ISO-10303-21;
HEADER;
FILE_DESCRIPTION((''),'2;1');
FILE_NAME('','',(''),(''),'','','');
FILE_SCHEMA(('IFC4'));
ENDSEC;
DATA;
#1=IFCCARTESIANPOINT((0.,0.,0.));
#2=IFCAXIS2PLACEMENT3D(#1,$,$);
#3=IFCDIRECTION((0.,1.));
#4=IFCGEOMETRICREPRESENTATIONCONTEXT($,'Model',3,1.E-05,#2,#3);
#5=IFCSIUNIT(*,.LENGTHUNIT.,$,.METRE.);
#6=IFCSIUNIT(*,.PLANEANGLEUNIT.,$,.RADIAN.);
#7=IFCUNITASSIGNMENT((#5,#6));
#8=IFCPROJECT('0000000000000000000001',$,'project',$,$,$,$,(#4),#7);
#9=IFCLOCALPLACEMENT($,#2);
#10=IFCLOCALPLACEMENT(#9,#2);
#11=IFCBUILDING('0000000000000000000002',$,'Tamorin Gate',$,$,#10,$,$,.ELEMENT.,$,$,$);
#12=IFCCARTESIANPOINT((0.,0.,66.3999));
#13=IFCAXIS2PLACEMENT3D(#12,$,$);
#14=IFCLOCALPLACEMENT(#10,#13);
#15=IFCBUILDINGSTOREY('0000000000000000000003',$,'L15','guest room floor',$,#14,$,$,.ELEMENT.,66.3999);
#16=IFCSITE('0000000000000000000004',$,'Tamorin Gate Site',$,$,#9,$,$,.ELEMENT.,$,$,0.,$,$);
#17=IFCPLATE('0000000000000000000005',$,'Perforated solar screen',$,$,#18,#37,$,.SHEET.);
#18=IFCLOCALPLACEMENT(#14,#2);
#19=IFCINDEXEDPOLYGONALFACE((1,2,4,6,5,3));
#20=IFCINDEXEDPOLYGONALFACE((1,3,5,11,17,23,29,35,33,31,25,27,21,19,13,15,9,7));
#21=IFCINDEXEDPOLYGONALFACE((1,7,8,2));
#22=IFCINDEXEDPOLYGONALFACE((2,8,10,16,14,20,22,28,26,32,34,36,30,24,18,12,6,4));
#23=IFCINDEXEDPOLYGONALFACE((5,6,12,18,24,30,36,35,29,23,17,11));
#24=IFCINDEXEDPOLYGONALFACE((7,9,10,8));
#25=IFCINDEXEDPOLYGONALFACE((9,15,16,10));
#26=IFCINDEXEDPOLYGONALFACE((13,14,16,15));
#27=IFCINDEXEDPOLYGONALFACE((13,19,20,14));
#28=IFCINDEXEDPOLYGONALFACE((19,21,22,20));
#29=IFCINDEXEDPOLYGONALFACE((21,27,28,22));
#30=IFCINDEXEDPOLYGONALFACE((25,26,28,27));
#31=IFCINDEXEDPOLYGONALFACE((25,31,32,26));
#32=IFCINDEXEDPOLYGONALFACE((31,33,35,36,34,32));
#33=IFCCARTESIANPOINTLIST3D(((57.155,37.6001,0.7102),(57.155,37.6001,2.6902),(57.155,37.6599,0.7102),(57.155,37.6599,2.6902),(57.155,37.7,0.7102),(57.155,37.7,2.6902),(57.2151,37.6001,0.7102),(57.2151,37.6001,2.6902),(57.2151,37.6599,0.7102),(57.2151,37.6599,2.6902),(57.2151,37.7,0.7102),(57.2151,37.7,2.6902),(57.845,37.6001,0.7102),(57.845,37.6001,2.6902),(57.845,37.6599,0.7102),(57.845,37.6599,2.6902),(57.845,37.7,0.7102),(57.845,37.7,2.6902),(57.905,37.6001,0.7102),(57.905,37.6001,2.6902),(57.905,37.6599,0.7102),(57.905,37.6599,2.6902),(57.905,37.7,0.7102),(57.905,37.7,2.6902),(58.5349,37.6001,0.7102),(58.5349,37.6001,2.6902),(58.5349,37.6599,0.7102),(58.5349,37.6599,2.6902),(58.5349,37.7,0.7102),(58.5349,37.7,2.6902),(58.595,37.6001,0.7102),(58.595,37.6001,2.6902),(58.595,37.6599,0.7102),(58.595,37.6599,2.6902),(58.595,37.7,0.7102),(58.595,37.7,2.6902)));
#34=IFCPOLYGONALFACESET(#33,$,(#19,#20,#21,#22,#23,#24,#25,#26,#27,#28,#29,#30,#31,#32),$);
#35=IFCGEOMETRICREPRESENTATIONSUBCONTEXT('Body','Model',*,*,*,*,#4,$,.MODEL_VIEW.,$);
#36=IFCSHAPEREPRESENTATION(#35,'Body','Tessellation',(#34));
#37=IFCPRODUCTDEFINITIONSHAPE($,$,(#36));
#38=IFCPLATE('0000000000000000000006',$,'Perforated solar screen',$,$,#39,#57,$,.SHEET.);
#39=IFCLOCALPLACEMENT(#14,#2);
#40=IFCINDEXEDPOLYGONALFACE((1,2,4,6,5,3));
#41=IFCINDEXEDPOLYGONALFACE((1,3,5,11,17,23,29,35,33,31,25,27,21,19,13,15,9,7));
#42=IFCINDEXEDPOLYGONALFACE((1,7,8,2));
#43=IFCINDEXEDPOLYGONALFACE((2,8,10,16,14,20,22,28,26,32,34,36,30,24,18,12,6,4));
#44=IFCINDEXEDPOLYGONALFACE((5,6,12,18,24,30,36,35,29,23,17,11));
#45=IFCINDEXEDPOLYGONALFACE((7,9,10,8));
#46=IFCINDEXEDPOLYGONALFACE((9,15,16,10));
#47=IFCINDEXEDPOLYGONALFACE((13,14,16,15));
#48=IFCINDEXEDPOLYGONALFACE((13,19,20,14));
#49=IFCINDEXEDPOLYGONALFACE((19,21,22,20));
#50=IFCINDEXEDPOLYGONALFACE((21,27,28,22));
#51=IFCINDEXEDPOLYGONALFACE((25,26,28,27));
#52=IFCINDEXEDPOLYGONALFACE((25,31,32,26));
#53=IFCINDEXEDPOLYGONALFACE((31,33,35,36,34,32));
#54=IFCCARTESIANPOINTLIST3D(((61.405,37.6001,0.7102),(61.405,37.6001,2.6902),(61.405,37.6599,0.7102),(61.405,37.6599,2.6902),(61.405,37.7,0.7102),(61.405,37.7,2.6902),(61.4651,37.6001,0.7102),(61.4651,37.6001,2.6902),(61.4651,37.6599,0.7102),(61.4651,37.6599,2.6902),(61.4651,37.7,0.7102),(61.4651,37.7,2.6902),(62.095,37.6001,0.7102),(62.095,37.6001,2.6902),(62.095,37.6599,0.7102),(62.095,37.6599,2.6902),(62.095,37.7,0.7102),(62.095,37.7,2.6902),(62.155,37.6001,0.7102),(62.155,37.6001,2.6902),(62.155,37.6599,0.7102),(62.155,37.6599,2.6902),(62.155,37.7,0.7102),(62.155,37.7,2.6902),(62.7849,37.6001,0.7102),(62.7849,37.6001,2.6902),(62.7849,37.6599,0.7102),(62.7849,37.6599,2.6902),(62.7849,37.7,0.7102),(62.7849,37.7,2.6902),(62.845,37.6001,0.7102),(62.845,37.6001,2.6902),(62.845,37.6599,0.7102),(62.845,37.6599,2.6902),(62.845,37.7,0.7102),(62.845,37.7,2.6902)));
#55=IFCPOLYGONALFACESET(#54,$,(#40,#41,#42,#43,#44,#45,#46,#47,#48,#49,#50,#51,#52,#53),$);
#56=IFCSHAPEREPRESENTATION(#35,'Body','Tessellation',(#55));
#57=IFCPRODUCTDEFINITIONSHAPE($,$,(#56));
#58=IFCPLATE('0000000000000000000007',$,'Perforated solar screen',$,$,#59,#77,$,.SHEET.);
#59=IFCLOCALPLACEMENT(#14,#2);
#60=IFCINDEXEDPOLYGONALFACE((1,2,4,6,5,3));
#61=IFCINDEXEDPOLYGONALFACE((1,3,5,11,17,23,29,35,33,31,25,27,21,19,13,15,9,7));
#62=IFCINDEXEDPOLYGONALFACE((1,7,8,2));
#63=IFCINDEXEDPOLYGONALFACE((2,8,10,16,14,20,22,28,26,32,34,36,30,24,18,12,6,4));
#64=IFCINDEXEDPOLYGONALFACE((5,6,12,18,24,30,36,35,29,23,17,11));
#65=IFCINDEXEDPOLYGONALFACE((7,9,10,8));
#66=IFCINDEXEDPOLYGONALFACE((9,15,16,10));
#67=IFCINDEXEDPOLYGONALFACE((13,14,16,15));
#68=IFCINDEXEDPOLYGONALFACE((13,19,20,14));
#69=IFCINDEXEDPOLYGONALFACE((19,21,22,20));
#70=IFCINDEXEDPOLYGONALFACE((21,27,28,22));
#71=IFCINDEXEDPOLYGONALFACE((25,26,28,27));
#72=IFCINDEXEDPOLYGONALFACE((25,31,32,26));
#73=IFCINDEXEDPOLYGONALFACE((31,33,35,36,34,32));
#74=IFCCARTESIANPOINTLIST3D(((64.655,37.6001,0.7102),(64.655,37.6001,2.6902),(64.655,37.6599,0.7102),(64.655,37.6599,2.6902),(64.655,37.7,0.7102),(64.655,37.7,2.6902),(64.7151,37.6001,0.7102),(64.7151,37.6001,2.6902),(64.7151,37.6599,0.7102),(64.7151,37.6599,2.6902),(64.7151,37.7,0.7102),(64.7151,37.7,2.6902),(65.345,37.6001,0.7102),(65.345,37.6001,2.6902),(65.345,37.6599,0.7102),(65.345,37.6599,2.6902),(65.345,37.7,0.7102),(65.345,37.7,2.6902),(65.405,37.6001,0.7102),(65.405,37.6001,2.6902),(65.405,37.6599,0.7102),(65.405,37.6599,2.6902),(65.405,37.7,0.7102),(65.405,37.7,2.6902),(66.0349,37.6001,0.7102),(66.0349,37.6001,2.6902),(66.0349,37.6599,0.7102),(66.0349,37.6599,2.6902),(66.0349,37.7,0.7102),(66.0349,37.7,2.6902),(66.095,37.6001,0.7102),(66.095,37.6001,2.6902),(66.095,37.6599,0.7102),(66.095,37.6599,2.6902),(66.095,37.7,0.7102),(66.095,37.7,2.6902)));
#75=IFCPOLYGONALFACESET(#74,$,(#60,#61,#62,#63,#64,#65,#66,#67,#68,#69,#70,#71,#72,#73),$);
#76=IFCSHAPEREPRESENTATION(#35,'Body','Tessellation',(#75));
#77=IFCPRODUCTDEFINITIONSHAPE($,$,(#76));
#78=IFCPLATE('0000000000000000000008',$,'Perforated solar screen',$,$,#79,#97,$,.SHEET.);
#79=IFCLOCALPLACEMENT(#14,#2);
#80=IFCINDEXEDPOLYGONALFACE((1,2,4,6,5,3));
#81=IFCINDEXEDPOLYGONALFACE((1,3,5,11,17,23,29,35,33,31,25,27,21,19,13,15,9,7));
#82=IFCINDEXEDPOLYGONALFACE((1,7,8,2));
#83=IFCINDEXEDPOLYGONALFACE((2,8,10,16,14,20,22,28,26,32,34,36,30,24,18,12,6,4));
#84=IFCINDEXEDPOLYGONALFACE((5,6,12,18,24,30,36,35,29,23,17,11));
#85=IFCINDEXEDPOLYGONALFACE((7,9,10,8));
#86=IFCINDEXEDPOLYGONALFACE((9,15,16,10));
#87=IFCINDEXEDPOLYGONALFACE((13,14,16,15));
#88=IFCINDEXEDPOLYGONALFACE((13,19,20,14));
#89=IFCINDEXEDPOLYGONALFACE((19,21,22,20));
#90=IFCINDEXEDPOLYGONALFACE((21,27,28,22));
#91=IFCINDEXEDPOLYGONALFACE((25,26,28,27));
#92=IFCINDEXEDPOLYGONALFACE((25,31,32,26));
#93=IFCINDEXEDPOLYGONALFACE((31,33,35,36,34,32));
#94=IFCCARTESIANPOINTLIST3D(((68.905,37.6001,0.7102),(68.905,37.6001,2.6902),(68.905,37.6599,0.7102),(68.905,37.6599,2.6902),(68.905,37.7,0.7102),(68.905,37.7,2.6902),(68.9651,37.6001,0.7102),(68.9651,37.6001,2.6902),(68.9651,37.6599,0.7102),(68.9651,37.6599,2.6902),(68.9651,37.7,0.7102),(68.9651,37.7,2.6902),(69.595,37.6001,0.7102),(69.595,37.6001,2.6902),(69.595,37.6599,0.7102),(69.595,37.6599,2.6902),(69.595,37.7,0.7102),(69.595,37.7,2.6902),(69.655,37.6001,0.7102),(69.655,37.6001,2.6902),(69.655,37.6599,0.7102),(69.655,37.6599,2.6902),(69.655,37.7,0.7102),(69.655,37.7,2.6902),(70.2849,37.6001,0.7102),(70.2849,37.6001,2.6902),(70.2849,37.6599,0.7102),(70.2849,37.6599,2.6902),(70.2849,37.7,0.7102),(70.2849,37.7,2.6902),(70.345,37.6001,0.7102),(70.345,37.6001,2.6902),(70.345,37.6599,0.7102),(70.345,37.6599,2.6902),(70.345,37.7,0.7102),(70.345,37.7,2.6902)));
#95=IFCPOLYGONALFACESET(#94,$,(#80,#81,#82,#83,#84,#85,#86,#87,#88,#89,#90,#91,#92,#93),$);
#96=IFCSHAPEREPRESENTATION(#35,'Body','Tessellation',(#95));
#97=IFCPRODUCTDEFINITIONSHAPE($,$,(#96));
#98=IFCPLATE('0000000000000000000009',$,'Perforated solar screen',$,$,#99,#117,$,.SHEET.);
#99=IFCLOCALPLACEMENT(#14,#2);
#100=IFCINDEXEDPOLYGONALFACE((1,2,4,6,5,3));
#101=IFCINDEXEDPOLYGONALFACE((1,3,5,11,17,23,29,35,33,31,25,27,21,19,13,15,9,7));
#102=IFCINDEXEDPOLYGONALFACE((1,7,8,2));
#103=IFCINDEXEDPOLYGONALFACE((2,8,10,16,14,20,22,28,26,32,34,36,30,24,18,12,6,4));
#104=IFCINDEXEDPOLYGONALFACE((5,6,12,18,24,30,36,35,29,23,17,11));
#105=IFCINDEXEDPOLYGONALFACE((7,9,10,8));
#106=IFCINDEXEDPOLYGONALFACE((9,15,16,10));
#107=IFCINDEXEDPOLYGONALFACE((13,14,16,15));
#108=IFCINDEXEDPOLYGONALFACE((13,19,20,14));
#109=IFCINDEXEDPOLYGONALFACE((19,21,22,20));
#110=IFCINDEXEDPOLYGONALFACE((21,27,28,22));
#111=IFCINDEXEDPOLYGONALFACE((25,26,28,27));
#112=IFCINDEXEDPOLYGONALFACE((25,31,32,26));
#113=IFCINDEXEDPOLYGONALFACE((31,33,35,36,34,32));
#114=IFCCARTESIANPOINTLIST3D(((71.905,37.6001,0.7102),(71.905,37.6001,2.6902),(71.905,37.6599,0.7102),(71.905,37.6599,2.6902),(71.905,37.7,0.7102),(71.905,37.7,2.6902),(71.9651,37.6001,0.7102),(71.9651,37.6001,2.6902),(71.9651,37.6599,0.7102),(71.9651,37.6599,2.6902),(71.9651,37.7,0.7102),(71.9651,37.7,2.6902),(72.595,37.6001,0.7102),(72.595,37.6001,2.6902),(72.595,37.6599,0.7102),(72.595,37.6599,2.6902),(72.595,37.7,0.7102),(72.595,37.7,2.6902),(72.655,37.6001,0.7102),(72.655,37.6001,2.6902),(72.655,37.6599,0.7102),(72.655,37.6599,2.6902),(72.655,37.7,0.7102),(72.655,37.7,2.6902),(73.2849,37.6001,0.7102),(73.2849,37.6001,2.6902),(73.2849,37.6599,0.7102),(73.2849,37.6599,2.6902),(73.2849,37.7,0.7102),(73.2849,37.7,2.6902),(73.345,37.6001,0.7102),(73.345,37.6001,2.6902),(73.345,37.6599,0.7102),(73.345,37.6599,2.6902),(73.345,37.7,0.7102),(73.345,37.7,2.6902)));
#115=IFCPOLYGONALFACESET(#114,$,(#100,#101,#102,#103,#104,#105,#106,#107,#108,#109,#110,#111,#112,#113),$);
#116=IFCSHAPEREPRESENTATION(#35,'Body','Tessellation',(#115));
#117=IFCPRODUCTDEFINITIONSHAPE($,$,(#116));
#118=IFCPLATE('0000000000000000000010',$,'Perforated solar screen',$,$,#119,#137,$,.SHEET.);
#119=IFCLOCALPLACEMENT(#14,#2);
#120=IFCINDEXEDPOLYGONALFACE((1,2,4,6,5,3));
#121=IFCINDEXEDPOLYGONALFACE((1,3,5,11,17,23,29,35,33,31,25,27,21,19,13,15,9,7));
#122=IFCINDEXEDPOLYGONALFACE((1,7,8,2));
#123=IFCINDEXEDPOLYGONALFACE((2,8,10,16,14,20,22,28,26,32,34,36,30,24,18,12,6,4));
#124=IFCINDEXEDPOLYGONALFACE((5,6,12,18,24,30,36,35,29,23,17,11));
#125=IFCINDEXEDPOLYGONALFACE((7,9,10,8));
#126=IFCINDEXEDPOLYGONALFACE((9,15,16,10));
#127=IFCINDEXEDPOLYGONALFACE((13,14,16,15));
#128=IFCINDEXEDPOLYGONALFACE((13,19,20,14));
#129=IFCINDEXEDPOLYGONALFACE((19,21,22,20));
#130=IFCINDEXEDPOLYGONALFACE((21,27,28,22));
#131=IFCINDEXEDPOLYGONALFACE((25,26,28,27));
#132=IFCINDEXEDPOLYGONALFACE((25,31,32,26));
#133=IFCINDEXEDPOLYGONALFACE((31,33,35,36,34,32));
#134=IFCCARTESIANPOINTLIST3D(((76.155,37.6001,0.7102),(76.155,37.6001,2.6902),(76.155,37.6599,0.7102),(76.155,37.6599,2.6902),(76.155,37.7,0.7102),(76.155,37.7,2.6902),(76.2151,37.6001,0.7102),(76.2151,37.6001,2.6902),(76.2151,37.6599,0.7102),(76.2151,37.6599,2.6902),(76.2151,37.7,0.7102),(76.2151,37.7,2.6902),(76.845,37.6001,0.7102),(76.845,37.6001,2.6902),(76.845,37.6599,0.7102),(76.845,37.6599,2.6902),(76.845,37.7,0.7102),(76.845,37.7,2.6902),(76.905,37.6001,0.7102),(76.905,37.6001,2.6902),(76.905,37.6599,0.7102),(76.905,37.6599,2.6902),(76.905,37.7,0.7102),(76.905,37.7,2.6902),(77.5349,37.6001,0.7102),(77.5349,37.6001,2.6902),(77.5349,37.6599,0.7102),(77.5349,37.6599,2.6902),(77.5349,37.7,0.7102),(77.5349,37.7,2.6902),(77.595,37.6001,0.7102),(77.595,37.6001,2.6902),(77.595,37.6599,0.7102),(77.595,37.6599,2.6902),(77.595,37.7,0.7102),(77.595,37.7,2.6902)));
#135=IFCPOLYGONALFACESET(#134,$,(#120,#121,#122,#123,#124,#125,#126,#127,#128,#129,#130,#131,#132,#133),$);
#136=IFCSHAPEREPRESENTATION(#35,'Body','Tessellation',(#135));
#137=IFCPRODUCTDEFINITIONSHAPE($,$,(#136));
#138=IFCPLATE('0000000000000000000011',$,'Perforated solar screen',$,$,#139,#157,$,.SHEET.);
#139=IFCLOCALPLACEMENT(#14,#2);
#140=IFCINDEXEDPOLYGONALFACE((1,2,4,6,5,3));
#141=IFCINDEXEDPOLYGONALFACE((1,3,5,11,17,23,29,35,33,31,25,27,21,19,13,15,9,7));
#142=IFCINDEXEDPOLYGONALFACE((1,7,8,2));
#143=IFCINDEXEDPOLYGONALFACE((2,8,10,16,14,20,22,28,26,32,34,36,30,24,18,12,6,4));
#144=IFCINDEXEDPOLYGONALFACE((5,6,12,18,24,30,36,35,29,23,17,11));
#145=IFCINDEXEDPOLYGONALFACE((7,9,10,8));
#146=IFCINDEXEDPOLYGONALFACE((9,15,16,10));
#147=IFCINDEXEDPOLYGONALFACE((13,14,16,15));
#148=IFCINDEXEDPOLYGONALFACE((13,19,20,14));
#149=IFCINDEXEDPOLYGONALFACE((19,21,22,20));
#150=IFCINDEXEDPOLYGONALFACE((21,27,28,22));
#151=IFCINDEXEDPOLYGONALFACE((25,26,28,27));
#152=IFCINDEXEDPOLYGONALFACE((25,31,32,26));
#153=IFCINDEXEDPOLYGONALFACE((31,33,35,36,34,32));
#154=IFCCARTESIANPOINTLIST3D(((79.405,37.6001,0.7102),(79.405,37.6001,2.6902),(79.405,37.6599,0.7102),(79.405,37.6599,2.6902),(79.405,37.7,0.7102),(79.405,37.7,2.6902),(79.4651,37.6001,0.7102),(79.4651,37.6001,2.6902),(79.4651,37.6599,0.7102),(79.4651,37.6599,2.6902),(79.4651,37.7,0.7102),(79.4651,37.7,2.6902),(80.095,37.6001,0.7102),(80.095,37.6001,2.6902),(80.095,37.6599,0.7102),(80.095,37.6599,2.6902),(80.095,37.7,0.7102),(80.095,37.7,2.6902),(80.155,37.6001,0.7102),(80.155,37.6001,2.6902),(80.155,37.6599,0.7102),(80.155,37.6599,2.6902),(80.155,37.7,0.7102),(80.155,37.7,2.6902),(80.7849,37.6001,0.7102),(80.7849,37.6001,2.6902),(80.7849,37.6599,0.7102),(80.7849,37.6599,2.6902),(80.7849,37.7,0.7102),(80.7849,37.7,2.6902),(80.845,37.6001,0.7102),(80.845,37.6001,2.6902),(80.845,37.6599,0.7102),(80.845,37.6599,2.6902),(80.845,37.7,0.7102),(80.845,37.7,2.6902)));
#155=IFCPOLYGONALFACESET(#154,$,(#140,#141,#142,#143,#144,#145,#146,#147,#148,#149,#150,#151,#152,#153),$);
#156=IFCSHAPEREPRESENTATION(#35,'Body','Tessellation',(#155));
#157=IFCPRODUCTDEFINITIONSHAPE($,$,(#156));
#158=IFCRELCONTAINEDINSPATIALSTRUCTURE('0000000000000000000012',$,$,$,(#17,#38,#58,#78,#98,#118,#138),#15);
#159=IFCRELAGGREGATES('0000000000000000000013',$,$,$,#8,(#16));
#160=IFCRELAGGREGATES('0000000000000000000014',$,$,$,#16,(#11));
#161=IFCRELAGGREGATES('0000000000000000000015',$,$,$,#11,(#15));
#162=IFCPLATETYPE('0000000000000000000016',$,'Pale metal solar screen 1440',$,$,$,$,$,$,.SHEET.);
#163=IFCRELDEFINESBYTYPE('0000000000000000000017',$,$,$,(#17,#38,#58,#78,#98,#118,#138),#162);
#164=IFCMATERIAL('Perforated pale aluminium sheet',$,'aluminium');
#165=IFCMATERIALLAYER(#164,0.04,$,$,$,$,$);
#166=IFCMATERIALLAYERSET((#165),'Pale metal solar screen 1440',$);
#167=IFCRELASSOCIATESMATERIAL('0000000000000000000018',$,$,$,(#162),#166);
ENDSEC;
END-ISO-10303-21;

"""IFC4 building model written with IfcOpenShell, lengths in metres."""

from ifc_helpers import new_model, si_unit, direction, frame, origin, place, context, subcontext, project, spatial, polyline, outline, extrude, material, layer, layer_set, type_object, element, save


model = new_model("IFC4")

# Units and contexts
model_context = context("Model", 3, precision=1e-05, world=origin(), true_north=direction((0.0, 1.0)))
body_context = subcontext(model_context, "Body", "Model", "MODEL_VIEW")
ifc_project = project(units=[si_unit("LENGTHUNIT", "METRE"), si_unit("PLANEANGLEUNIT", "RADIAN")], contexts=[model_context])

# Site, building, storey
site_placement = place(None, origin())
site = spatial("IfcSite", under=ifc_project, at=site_placement, Name="Tamorin Gate Site", CompositionType="ELEMENT", RefElevation=0.0)
building_placement = place(site_placement, origin())
building = spatial("IfcBuilding", under=site, at=building_placement, Name="Tamorin Gate", CompositionType="ELEMENT")
storey_placement = place(building_placement, frame((0.0, 0.0, 66.3999)))
storey = spatial("IfcBuildingStorey", under=building, at=storey_placement, Name="L15", Description="guest room floor", CompositionType="ELEMENT", Elevation=66.3999)

# Plates
ifc_material_1 = material(Name="Perforated pale aluminium sheet", Category="aluminium")
ifc_layer_1 = layer(ifc_material_1, 0.04)
ifc_layer_set_1 = layer_set([ifc_layer_1], Name="Pale metal solar screen 1440")
plate_type = type_object("IfcPlateType", Name="Pale metal solar screen 1440", PredefinedType="SHEET", material=ifc_layer_set_1)
plate_1_placement = place(storey_placement, frame((0.0, 0.0, 0.7102)))
element("IfcPlate", 1, at=plate_1_placement, inside=storey, type_object=plate_type, Name="Perforated solar screen", PredefinedType="SHEET", context=body_context, shape_type="SweptSolid", body=[
    extrude(outline(polyline([(57.155, 37.6599), (57.155, 37.7), (57.2151, 37.7), (57.845, 37.7), (57.905, 37.7), (58.5349, 37.7), (58.595, 37.7), (58.595, 37.6599), (58.595, 37.6001), (58.5349, 37.6001), (58.5349, 37.6599), (57.905, 37.6599), (57.905, 37.6001), (57.845, 37.6001), (57.845, 37.6599), (57.2151, 37.6599), (57.2151, 37.6001), (57.155, 37.6001), (57.155, 37.6599)])), origin(), (0.0, 0.0, 1.0), 1.98),
])
plate_2_placement = place(storey_placement, frame((0.0, 0.0, 0.7102)))
element("IfcPlate", 2, at=plate_2_placement, inside=storey, type_object=plate_type, Name="Perforated solar screen", PredefinedType="SHEET", context=body_context, shape_type="SweptSolid", body=[
    extrude(outline(polyline([(61.405, 37.6599), (61.405, 37.7), (61.4651, 37.7), (62.095, 37.7), (62.155, 37.7), (62.7849, 37.7), (62.845, 37.7), (62.845, 37.6599), (62.845, 37.6001), (62.7849, 37.6001), (62.7849, 37.6599), (62.155, 37.6599), (62.155, 37.6001), (62.095, 37.6001), (62.095, 37.6599), (61.4651, 37.6599), (61.4651, 37.6001), (61.405, 37.6001), (61.405, 37.6599)])), origin(), (0.0, 0.0, 1.0), 1.98),
])
plate_3_placement = place(storey_placement, frame((0.0, 0.0, 0.7102)))
element("IfcPlate", 3, at=plate_3_placement, inside=storey, type_object=plate_type, Name="Perforated solar screen", PredefinedType="SHEET", context=body_context, shape_type="SweptSolid", body=[
    extrude(outline(polyline([(64.655, 37.6599), (64.655, 37.7), (64.7151, 37.7), (65.345, 37.7), (65.405, 37.7), (66.0349, 37.7), (66.095, 37.7), (66.095, 37.6599), (66.095, 37.6001), (66.0349, 37.6001), (66.0349, 37.6599), (65.405, 37.6599), (65.405, 37.6001), (65.345, 37.6001), (65.345, 37.6599), (64.7151, 37.6599), (64.7151, 37.6001), (64.655, 37.6001), (64.655, 37.6599)])), origin(), (0.0, 0.0, 1.0), 1.98),
])
plate_4_placement = place(storey_placement, frame((0.0, 0.0, 0.7102)))
element("IfcPlate", 4, at=plate_4_placement, inside=storey, type_object=plate_type, Name="Perforated solar screen", PredefinedType="SHEET", context=body_context, shape_type="SweptSolid", body=[
    extrude(outline(polyline([(68.905, 37.6599), (68.905, 37.7), (68.9651, 37.7), (69.595, 37.7), (69.655, 37.7), (70.2849, 37.7), (70.345, 37.7), (70.345, 37.6599), (70.345, 37.6001), (70.2849, 37.6001), (70.2849, 37.6599), (69.655, 37.6599), (69.655, 37.6001), (69.595, 37.6001), (69.595, 37.6599), (68.9651, 37.6599), (68.9651, 37.6001), (68.905, 37.6001), (68.905, 37.6599)])), origin(), (0.0, 0.0, 1.0), 1.98),
])
plate_5_placement = place(storey_placement, frame((0.0, 0.0, 0.7102)))
element("IfcPlate", 5, at=plate_5_placement, inside=storey, type_object=plate_type, Name="Perforated solar screen", PredefinedType="SHEET", context=body_context, shape_type="SweptSolid", body=[
    extrude(outline(polyline([(71.905, 37.6599), (71.905, 37.7), (71.9651, 37.7), (72.595, 37.7), (72.655, 37.7), (73.2849, 37.7), (73.345, 37.7), (73.345, 37.6599), (73.345, 37.6001), (73.2849, 37.6001), (73.2849, 37.6599), (72.655, 37.6599), (72.655, 37.6001), (72.595, 37.6001), (72.595, 37.6599), (71.9651, 37.6599), (71.9651, 37.6001), (71.905, 37.6001), (71.905, 37.6599)])), origin(), (0.0, 0.0, 1.0), 1.98),
])
plate_6_placement = place(storey_placement, frame((0.0, 0.0, 0.7102)))
element("IfcPlate", 6, at=plate_6_placement, inside=storey, type_object=plate_type, Name="Perforated solar screen", PredefinedType="SHEET", context=body_context, shape_type="SweptSolid", body=[
    extrude(outline(polyline([(76.155, 37.6599), (76.155, 37.7), (76.2151, 37.7), (76.845, 37.7), (76.905, 37.7), (77.5349, 37.7), (77.595, 37.7), (77.595, 37.6599), (77.595, 37.6001), (77.5349, 37.6001), (77.5349, 37.6599), (76.905, 37.6599), (76.905, 37.6001), (76.845, 37.6001), (76.845, 37.6599), (76.2151, 37.6599), (76.2151, 37.6001), (76.155, 37.6001), (76.155, 37.6599)])), origin(), (0.0, 0.0, 1.0), 1.98),
])
plate_7_placement = place(storey_placement, frame((0.0, 0.0, 0.7102)))
element("IfcPlate", 7, at=plate_7_placement, inside=storey, type_object=plate_type, Name="Perforated solar screen", PredefinedType="SHEET", context=body_context, shape_type="SweptSolid", body=[
    extrude(outline(polyline([(79.405, 37.6599), (79.405, 37.7), (79.4651, 37.7), (80.095, 37.7), (80.155, 37.7), (80.7849, 37.7), (80.845, 37.7), (80.845, 37.6599), (80.845, 37.6001), (80.7849, 37.6001), (80.7849, 37.6599), (80.155, 37.6599), (80.155, 37.6001), (80.095, 37.6001), (80.095, 37.6599), (79.4651, 37.6599), (79.4651, 37.6001), (79.405, 37.6001), (79.405, 37.6599)])), origin(), (0.0, 0.0, 1.0), 1.98),
])

save(model, "model.ifc")
